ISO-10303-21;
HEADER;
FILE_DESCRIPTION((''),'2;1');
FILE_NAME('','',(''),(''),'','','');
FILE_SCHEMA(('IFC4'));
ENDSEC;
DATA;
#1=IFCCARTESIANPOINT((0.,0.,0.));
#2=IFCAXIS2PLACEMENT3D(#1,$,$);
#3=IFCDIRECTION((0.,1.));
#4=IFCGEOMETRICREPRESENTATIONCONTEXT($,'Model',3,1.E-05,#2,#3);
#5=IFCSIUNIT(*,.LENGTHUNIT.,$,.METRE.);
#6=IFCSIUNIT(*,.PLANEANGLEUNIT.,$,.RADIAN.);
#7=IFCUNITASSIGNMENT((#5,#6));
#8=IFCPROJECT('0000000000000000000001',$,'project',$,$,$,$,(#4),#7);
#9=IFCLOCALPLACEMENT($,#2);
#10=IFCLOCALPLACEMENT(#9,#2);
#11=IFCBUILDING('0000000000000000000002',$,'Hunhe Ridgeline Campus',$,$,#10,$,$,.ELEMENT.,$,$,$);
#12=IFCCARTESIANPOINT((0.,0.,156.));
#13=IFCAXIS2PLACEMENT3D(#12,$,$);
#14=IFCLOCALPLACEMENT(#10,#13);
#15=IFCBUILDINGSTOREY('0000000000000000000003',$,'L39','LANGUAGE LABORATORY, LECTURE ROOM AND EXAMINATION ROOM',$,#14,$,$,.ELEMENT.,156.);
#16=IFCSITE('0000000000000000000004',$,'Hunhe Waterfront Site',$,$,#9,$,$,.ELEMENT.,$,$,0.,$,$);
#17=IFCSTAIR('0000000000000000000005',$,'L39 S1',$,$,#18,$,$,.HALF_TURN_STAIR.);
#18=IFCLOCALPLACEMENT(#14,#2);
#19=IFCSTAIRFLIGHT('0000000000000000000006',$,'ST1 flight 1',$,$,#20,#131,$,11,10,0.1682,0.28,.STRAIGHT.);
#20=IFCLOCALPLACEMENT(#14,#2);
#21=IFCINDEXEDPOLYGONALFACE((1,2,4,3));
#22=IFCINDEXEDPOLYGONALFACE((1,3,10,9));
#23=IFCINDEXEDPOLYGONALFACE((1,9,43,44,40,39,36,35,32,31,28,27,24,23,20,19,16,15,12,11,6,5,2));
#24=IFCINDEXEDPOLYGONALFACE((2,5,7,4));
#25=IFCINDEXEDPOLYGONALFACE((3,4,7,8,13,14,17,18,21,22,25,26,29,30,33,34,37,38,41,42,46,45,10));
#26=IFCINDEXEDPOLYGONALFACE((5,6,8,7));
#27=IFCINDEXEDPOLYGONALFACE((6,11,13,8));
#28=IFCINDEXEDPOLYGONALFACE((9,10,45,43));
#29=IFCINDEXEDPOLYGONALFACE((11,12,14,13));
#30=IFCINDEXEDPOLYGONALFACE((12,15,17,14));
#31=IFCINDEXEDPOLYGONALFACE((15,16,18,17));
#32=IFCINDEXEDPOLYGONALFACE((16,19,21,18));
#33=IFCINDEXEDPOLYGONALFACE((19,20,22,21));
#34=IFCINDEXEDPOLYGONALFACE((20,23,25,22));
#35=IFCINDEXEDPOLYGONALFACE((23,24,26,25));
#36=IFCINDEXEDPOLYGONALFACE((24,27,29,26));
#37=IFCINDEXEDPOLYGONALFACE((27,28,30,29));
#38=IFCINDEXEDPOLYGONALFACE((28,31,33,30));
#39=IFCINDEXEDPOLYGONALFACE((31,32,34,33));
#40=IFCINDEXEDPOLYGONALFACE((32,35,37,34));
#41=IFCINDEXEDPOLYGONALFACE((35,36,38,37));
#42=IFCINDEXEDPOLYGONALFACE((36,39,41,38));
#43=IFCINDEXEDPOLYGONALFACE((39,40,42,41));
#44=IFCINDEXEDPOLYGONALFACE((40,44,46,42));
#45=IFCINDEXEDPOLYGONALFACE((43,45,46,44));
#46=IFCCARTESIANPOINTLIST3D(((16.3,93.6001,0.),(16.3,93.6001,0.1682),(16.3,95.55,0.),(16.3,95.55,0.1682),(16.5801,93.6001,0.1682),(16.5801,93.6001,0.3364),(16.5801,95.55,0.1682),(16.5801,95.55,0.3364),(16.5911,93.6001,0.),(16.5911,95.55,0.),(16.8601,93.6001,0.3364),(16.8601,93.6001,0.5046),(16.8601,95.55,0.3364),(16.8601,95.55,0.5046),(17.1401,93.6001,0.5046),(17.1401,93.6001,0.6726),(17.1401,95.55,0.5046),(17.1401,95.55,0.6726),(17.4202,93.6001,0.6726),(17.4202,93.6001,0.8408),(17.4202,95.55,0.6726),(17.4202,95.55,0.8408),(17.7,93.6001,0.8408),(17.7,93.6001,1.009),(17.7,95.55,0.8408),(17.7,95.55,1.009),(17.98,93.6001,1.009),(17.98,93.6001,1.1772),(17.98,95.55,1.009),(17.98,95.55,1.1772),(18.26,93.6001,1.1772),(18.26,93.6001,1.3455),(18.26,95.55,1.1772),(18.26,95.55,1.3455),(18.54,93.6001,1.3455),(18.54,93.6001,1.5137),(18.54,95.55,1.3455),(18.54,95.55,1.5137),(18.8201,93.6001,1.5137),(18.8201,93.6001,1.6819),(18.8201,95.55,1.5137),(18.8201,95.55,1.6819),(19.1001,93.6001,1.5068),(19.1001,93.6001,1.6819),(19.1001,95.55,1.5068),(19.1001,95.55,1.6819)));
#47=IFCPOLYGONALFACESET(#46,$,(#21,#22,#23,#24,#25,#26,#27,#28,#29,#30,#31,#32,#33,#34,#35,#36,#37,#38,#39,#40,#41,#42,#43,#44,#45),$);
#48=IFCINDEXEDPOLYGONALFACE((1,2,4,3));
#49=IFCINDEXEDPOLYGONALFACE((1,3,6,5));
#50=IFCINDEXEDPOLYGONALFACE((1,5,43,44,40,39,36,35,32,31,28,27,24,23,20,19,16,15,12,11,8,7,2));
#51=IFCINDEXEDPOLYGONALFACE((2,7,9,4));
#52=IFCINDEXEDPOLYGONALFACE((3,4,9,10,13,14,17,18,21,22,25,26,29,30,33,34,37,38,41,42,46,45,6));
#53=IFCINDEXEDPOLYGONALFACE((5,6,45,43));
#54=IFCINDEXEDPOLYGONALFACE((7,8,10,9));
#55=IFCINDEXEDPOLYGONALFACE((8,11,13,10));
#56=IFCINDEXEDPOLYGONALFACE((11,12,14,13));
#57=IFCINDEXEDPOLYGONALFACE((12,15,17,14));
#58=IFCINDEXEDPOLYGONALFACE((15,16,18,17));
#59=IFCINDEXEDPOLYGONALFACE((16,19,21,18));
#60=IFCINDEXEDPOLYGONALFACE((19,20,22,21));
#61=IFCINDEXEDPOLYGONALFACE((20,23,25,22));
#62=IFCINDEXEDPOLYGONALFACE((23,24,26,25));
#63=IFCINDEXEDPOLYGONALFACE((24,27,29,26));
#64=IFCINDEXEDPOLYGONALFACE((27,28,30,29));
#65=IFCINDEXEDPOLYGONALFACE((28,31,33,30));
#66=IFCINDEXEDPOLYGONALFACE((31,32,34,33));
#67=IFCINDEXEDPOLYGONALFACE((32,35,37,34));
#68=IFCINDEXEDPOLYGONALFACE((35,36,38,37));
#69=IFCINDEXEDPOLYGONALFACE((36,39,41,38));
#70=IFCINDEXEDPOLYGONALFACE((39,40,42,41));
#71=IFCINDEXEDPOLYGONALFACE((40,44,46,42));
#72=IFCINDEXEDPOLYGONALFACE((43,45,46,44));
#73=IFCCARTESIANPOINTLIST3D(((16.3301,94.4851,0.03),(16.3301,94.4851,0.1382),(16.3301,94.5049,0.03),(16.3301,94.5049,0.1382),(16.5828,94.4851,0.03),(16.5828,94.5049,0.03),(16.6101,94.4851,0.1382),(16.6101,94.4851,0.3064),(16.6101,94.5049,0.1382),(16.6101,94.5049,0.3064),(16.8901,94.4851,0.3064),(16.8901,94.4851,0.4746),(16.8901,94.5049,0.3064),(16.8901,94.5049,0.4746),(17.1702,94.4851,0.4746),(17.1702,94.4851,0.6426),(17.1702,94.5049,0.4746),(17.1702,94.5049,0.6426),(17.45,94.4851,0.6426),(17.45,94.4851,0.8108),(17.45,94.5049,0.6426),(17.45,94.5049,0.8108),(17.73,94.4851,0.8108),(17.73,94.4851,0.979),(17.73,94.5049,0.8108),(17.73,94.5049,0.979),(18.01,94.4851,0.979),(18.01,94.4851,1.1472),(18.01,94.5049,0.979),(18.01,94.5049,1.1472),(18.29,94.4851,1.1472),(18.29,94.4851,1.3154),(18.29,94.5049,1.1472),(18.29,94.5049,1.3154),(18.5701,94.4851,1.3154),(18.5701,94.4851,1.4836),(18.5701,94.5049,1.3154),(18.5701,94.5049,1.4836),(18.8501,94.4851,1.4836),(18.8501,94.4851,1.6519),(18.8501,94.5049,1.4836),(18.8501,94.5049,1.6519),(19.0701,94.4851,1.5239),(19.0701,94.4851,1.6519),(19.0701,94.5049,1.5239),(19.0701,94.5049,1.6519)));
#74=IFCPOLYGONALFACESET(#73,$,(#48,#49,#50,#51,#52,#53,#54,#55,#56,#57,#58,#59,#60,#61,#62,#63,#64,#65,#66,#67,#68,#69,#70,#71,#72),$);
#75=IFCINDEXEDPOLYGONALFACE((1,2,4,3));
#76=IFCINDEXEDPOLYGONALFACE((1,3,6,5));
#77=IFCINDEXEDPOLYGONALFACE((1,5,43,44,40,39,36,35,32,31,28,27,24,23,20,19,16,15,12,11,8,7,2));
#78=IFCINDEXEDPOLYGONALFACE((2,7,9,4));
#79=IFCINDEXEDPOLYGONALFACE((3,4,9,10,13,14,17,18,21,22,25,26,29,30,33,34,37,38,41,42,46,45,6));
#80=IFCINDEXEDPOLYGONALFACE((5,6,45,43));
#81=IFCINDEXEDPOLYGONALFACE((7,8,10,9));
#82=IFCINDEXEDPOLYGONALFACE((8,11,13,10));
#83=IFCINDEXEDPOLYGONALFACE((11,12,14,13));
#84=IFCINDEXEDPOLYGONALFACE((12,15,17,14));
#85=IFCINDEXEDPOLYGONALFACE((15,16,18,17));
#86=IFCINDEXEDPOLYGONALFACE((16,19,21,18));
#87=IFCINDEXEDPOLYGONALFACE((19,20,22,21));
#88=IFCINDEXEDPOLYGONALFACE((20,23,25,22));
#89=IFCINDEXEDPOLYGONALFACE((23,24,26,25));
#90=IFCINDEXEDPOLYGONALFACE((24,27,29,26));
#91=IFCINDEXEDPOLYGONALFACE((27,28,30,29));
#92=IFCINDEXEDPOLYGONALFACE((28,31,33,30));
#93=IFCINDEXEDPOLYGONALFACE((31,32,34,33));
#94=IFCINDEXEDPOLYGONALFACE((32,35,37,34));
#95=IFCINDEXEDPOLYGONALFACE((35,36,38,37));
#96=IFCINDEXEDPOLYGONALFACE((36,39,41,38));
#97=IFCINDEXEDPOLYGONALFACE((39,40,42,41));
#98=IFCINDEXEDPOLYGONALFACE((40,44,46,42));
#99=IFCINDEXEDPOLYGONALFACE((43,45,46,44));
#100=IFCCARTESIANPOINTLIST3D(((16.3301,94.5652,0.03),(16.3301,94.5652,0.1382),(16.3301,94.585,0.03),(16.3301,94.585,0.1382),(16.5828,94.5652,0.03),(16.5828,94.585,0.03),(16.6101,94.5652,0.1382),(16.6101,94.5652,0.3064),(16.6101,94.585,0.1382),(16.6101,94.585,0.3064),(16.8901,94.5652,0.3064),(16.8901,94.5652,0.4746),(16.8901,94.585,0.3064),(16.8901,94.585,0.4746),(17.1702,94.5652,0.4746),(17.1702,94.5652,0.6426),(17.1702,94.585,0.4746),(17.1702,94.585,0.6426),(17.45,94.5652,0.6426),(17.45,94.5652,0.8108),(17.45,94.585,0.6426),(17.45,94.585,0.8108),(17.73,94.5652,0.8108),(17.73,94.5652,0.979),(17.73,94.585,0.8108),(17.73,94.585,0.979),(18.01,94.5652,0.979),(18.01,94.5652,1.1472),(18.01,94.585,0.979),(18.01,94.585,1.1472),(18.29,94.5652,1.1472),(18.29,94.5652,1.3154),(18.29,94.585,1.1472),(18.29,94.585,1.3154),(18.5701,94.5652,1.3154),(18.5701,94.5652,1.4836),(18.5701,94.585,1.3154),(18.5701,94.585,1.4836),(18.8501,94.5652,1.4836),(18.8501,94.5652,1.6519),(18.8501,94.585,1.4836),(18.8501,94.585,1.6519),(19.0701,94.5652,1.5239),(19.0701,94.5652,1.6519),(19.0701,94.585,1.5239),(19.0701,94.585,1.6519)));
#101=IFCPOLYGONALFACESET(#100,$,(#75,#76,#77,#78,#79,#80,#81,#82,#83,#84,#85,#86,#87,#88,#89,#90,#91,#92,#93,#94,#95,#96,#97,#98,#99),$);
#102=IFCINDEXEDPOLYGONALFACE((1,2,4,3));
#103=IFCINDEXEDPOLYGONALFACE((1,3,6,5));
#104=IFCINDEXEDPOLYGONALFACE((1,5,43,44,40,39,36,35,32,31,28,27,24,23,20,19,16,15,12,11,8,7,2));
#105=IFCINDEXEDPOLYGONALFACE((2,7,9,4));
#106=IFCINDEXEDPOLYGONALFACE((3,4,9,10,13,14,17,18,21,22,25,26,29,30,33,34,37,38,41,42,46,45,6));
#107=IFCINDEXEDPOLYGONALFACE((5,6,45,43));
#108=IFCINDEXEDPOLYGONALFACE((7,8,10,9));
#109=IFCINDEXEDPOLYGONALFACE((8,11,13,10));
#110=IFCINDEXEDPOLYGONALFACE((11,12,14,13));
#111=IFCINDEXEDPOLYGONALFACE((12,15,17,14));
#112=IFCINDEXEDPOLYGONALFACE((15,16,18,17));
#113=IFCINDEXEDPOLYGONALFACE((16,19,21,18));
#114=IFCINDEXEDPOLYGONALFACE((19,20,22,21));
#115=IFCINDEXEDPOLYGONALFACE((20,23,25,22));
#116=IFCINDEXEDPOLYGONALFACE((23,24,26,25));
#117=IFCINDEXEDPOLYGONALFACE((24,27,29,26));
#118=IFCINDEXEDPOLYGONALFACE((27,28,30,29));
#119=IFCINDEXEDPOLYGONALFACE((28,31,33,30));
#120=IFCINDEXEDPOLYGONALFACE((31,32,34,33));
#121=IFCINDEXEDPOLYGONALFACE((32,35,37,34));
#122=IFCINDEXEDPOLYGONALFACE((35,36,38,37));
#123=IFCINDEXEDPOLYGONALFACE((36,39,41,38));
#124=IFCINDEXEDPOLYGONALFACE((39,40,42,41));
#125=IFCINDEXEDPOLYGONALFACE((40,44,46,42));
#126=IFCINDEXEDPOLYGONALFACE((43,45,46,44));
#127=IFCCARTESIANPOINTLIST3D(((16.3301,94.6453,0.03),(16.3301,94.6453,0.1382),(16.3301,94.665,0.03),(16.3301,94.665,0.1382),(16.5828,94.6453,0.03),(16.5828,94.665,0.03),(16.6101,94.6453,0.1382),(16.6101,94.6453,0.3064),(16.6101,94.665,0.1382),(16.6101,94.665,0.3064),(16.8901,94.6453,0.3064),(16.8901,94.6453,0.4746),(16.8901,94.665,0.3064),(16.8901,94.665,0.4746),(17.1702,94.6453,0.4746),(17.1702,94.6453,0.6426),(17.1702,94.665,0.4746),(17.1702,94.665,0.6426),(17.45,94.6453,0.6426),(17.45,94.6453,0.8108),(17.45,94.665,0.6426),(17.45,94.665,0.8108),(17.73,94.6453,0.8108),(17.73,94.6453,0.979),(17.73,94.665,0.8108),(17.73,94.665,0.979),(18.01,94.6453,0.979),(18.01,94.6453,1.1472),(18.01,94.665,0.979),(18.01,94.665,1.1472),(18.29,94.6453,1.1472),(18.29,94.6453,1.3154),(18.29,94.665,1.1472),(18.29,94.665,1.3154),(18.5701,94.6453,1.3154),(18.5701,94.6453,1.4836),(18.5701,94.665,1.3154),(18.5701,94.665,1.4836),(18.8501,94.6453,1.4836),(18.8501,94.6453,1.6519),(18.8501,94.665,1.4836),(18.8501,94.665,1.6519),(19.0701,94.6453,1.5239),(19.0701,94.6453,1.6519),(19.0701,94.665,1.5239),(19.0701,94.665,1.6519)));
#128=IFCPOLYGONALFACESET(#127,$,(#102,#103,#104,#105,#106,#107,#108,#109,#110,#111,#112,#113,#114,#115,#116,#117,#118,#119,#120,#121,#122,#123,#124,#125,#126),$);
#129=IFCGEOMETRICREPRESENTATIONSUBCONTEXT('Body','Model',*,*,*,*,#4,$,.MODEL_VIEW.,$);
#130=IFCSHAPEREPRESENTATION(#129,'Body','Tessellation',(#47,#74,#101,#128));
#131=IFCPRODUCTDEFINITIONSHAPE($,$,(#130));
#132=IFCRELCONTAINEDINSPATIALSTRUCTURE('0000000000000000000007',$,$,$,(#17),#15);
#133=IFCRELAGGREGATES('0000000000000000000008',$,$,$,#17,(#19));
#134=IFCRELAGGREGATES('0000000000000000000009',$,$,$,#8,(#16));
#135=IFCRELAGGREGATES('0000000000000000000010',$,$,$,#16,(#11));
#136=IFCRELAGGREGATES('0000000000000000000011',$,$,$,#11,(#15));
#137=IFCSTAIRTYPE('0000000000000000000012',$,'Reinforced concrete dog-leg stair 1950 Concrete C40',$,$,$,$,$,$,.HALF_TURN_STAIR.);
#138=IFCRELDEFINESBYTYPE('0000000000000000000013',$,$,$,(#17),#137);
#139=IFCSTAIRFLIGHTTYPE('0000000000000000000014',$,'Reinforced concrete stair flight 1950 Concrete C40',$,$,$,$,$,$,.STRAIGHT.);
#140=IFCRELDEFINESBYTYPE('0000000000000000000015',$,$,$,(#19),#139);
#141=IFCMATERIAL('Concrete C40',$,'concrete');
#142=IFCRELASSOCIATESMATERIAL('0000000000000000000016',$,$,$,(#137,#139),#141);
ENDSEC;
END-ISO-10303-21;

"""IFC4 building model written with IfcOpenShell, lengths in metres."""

from ifc_helpers import new_model, si_unit, direction, frame, origin, place, context, subcontext, project, spatial, polyline, outline, extrude, material, type_object, element, aggregate, save


model = new_model("IFC4")

# Units and contexts
model_context = context("Model", 3, precision=1e-05, world=origin(), true_north=direction((0.0, 1.0)))
body_context = subcontext(model_context, "Body", "Model", "MODEL_VIEW")
ifc_project = project(units=[si_unit("LENGTHUNIT", "METRE"), si_unit("PLANEANGLEUNIT", "RADIAN")], contexts=[model_context])

# Site, building, storey
site_placement = place(None, origin())
site = spatial("IfcSite", under=ifc_project, at=site_placement, Name="Hunhe Waterfront Site", CompositionType="ELEMENT", RefElevation=0.0)
building_placement = place(site_placement, origin())
building = spatial("IfcBuilding", under=site, at=building_placement, Name="Hunhe Ridgeline Campus", CompositionType="ELEMENT")
storey_placement = place(building_placement, frame((0.0, 0.0, 156.0)))
storey = spatial("IfcBuildingStorey", under=building, at=storey_placement, Name="L39", Description="LANGUAGE LABORATORY, LECTURE ROOM AND EXAMINATION ROOM", CompositionType="ELEMENT", Elevation=156.0)

# Stair, stair flight
ifc_material_1 = material(Name="Concrete C40", Category="concrete")
stair_type = type_object("IfcStairType", Name="Reinforced concrete dog-leg stair 1950 Concrete C40", PredefinedType="HALF_TURN_STAIR", material=ifc_material_1)
stair_placement = place(storey_placement, origin())
stair = element("IfcStair", 1, at=stair_placement, inside=storey, type_object=stair_type, Name="L39 S1", PredefinedType="HALF_TURN_STAIR")
stair_flight_type = type_object("IfcStairFlightType", Name="Reinforced concrete stair flight 1950 Concrete C40", PredefinedType="STRAIGHT", material=ifc_material_1)
stair_flight_placement = place(storey_placement, frame((16.3, 94.575, 0.0), z_axis=(0.0, 0.0, 1.0), x_axis=(1.0, 0.0, 0.0)))
stair_flight = element("IfcStairFlight", 2, at=stair_flight_placement, type_object=stair_flight_type, Name="ST1 flight 1", NumberOfRisers=11, NumberOfTreads=10, PredefinedType="STRAIGHT", RiserHeight=0.1682, TreadLength=0.28, context=body_context, shape_type="SweptSolid", body=[
    extrude(outline(polyline([(0.0, 0.0), (0.0, 0.1682), (0.28, 0.1682), (0.28, 0.3364), (0.5601, 0.3364), (0.5601, 0.5046), (0.8401, 0.5046), (0.8401, 0.6726), (1.1201, 0.6726), (1.1201, 0.8408), (1.3999, 0.8408), (1.3999, 1.009), (1.6799, 1.009), (1.6799, 1.1772), (1.96, 1.1772), (1.96, 1.3455), (2.24, 1.3455), (2.24, 1.5137), (2.52, 1.5137), (2.52, 1.6819), (2.8, 1.6819), (2.8, 1.8501), (2.8, 1.5068), (0.291, 0.0), (0.0, 0.0)])), frame((0.0, 0.9751, 0.0), z_axis=(0.0, -1.0, 0.0), x_axis=(1.0, 0.0, 0.0)), (0.0, 0.0, 1.0), 1.95),
    extrude(outline(polyline([(0.03, 0.03), (0.03, 0.1382), (0.3101, 0.1382), (0.3101, 0.3064), (0.5901, 0.3064), (0.5901, 0.4746), (0.8701, 0.4746), (0.8701, 0.6426), (1.1499, 0.6426), (1.1499, 0.8108), (1.4299, 0.8108), (1.4299, 0.979), (1.71, 0.979), (1.71, 1.1472), (1.99, 1.1472), (1.99, 1.3154), (2.27, 1.3154), (2.27, 1.4836), (2.55, 1.4836), (2.55, 1.6519), (2.77, 1.6519), (2.77, 1.5239), (0.2827, 0.03), (0.03, 0.03)])), frame((0.0, -0.0701, 0.0), z_axis=(0.0, -1.0, 0.0), x_axis=(1.0, 0.0, 0.0)), (0.0, 0.0, 1.0), 0.0198),
    extrude(outline(polyline([(0.03, 0.03), (0.03, 0.1382), (0.3101, 0.1382), (0.3101, 0.3064), (0.5901, 0.3064), (0.5901, 0.4746), (0.8701, 0.4746), (0.8701, 0.6426), (1.1499, 0.6426), (1.1499, 0.8108), (1.4299, 0.8108), (1.4299, 0.979), (1.71, 0.979), (1.71, 1.1472), (1.99, 1.1472), (1.99, 1.3154), (2.27, 1.3154), (2.27, 1.4836), (2.55, 1.4836), (2.55, 1.6519), (2.77, 1.6519), (2.77, 1.5239), (0.2827, 0.03), (0.03, 0.03)])), frame((0.0, 0.01, 0.0), z_axis=(0.0, -1.0, 0.0), x_axis=(1.0, 0.0, 0.0)), (0.0, 0.0, 1.0), 0.0198),
    extrude(outline(polyline([(0.03, 0.03), (0.03, 0.1382), (0.3101, 0.1382), (0.3101, 0.3064), (0.5901, 0.3064), (0.5901, 0.4746), (0.8701, 0.4746), (0.8701, 0.6426), (1.1499, 0.6426), (1.1499, 0.8108), (1.4299, 0.8108), (1.4299, 0.979), (1.71, 0.979), (1.71, 1.1472), (1.99, 1.1472), (1.99, 1.3154), (2.27, 1.3154), (2.27, 1.4836), (2.55, 1.4836), (2.55, 1.6519), (2.77, 1.6519), (2.77, 1.5239), (0.2827, 0.03), (0.03, 0.03)])), frame((0.0, 0.0901, 0.0), z_axis=(0.0, -1.0, 0.0), x_axis=(1.0, 0.0, 0.0)), (0.0, 0.0, 1.0), 0.0198),
])
aggregate(stair, [stair_flight])

save(model, "model.ifc")
